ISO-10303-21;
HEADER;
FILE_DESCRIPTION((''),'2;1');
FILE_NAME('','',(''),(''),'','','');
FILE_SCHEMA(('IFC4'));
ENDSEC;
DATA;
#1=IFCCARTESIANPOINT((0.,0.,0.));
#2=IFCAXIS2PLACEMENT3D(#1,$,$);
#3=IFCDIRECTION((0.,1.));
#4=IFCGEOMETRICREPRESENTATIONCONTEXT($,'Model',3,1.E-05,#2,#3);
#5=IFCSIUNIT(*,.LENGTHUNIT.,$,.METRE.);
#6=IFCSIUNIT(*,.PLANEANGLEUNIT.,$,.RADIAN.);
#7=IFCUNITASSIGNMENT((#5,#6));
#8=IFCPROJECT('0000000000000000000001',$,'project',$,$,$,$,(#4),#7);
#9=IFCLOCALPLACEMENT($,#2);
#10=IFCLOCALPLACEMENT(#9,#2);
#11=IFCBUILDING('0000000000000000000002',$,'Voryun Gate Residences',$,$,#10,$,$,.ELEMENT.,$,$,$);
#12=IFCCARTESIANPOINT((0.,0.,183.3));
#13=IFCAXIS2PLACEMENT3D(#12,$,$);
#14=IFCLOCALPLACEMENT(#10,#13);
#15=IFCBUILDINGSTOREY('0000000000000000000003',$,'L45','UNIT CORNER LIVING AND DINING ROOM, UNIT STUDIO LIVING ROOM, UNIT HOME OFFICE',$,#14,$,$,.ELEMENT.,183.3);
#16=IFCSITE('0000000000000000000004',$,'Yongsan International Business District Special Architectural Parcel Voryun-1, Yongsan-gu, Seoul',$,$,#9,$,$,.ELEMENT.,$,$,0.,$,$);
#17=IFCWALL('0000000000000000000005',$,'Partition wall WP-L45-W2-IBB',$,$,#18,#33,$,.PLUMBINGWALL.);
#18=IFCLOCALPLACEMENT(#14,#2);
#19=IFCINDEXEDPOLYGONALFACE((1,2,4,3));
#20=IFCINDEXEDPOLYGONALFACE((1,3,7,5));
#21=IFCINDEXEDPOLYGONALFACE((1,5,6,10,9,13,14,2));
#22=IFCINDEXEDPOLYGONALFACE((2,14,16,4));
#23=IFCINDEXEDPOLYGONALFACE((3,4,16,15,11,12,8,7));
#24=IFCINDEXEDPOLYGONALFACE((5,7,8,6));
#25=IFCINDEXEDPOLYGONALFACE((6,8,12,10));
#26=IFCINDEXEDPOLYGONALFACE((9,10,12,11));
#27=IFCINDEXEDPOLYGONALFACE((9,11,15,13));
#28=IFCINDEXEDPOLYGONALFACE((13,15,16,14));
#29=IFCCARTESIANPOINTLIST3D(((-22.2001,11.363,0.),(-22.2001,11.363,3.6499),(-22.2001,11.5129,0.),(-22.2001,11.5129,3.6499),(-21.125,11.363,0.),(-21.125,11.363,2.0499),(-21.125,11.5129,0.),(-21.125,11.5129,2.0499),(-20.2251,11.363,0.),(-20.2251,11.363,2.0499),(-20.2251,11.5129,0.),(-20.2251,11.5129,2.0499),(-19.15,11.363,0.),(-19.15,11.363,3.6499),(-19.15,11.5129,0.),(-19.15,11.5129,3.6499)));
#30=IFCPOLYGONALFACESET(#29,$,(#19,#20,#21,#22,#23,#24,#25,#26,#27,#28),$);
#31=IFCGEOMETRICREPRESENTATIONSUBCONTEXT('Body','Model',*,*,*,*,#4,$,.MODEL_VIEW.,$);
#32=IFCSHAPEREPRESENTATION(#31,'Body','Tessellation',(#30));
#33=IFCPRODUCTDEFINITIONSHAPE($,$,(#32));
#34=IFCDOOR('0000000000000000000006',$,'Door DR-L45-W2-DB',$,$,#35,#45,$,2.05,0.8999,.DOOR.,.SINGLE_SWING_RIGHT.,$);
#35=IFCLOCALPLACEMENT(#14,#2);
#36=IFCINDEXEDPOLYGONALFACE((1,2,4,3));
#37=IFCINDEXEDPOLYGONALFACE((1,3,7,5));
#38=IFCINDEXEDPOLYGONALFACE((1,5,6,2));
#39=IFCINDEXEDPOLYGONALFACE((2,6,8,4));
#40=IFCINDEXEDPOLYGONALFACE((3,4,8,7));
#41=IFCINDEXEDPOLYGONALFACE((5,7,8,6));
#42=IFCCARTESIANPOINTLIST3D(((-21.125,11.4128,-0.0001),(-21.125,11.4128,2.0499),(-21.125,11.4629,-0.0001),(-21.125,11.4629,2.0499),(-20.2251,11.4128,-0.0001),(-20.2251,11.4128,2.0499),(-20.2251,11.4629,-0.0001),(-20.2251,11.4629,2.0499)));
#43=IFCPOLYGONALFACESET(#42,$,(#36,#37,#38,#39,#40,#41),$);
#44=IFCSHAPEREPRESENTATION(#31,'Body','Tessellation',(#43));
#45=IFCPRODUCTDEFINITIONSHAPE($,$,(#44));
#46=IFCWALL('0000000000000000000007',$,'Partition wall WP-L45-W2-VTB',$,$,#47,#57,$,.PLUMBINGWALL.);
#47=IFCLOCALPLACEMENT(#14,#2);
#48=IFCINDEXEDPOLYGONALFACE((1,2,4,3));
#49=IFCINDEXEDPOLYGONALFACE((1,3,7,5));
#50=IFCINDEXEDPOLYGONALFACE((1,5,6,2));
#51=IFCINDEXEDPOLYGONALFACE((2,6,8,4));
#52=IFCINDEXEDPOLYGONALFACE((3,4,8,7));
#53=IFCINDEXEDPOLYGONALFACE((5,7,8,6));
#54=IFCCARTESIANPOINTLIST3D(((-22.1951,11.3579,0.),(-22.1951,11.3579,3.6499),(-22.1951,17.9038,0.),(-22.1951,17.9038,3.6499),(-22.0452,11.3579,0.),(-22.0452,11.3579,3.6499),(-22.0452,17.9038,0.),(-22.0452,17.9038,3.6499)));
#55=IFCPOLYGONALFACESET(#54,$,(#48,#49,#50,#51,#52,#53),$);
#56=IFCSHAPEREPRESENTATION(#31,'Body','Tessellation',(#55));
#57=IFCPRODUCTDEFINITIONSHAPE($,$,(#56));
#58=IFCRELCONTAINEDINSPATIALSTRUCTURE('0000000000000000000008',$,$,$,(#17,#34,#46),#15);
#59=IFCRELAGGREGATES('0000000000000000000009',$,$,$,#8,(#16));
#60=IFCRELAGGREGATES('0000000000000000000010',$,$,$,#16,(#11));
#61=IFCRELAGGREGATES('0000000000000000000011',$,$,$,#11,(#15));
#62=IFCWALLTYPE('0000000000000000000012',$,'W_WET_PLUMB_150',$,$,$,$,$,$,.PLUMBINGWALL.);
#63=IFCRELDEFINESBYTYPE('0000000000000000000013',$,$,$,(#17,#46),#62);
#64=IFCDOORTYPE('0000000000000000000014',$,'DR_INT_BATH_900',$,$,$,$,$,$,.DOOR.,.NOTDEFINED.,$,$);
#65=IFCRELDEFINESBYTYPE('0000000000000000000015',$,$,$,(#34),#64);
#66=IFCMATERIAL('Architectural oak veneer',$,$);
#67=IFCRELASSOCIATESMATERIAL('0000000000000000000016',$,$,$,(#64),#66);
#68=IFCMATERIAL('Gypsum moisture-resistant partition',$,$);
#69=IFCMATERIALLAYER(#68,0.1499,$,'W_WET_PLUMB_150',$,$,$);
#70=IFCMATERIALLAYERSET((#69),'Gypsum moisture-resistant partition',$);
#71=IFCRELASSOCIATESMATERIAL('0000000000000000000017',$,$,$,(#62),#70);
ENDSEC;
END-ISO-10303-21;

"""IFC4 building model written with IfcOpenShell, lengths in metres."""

from ifc_helpers import new_model, si_unit, direction, frame, frame_2d, origin, place, context, subcontext, project, spatial, rectangle, extrude, material, layer, layer_set, type_object, element, fill, save


model = new_model("IFC4")

# Units and contexts
model_context = context("Model", 3, precision=1e-05, world=origin(), true_north=direction((0.0, 1.0)))
body_context = subcontext(model_context, "Body", "Model", "MODEL_VIEW")
ifc_project = project(units=[si_unit("LENGTHUNIT", "METRE"), si_unit("PLANEANGLEUNIT", "RADIAN")], contexts=[model_context])

# Site, building, storey
site_placement = place(None, origin())
site = spatial("IfcSite", under=ifc_project, at=site_placement, Name="Yongsan International Business District Special Architectural Parcel Voryun-1, Yongsan-gu, Seoul", CompositionType="ELEMENT", RefElevation=0.0)
building_placement = place(site_placement, origin())
building = spatial("IfcBuilding", under=site, at=building_placement, Name="Voryun Gate Residences", CompositionType="ELEMENT")
storey_placement = place(building_placement, frame((0.0, 0.0, 183.3)))
storey = spatial("IfcBuildingStorey", under=building, at=storey_placement, Name="L45", Description="UNIT CORNER LIVING AND DINING ROOM, UNIT STUDIO LIVING ROOM, UNIT HOME OFFICE", CompositionType="ELEMENT", Elevation=183.3)

# Shared definitions
ifc_material_1 = material(Name="Architectural oak veneer")
door_type_1 = type_object("IfcDoorType", Name="DR_INT_BATH_900", OperationType="NOTDEFINED", PredefinedType="DOOR", material=ifc_material_1)

# Shared definitions
ifc_material_2 = material(Name="Gypsum moisture-resistant partition")
ifc_layer_1 = layer(ifc_material_2, 0.1499, Name="W_WET_PLUMB_150")
ifc_layer_set_1 = layer_set([ifc_layer_1], Name="Gypsum moisture-resistant partition")
wall_type_1 = type_object("IfcWallType", Name="W_WET_PLUMB_150", PredefinedType="PLUMBINGWALL", material=ifc_layer_set_1)

# Wall, opening, door
wall_1_placement = place(storey_placement, frame((-22.2, 11.438, 0.0), z_axis=(0.0, 0.0, 1.0), x_axis=(1.0, 0.0, 0.0)))
wall_1 = element("IfcWall", 1, at=wall_1_placement, inside=storey, type_object=wall_type_1, Name="Partition wall WP-L45-W2-IBB", PredefinedType="PLUMBINGWALL", context=body_context, shape_type="SweptSolid", body=[
    extrude(rectangle(XDim=3.05, YDim=0.1499, at=frame_2d((1.5249, 0.0))), origin(), (0.0, 0.0, 1.0), 3.6499),
])
opening_1_placement = place(wall_1_placement, frame((1.075, 0.0, 0.0)))
opening_1 = element("IfcOpeningElement", 2, at=opening_1_placement, cuts=wall_1, PredefinedType="OPENING", context=body_context, shape_type="SweptSolid", body=[
    extrude(rectangle(XDim=0.8999, YDim=2.05, at=frame_2d((0.45, 1.0249))), frame((0.0, 0.085, 0.0), z_axis=(0.0, -1.0, 0.0), x_axis=(1.0, 0.0, 0.0)), (0.0, 0.0, 1.0), 0.1699),
])
door_1_placement = place(opening_1_placement, origin())
door_1 = element("IfcDoor", 3, at=door_1_placement, inside=storey, type_object=door_type_1, Name="Door DR-L45-W2-DB", OperationType="SINGLE_SWING_RIGHT", OverallHeight=2.05, OverallWidth=0.8999, PredefinedType="DOOR", context=body_context, shape_type="SweptSolid", body=[
    extrude(rectangle(XDim=0.8999, YDim=2.05, at=frame_2d((0.45, 1.0249))), frame((0.0, 0.0249, 0.0), z_axis=(0.0, -1.0, 0.0), x_axis=(1.0, 0.0, 0.0)), (0.0, 0.0, 1.0), 0.05),
])
fill(opening_1, door_1)

# Wall
wall_2_placement = place(storey_placement, frame((-22.1201, 11.3579, 0.0), z_axis=(0.0, 0.0, 1.0), x_axis=(0.0, 1.0, 0.0)))
element("IfcWall", 4, at=wall_2_placement, inside=storey, type_object=wall_type_1, Name="Partition wall WP-L45-W2-VTB", PredefinedType="PLUMBINGWALL", context=body_context, shape_type="SweptSolid", body=[
    extrude(rectangle(XDim=6.5459, YDim=0.1499, at=frame_2d((3.2729, 0.0))), origin(), (0.0, 0.0, 1.0), 3.6499),
])

save(model, "model.ifc")
